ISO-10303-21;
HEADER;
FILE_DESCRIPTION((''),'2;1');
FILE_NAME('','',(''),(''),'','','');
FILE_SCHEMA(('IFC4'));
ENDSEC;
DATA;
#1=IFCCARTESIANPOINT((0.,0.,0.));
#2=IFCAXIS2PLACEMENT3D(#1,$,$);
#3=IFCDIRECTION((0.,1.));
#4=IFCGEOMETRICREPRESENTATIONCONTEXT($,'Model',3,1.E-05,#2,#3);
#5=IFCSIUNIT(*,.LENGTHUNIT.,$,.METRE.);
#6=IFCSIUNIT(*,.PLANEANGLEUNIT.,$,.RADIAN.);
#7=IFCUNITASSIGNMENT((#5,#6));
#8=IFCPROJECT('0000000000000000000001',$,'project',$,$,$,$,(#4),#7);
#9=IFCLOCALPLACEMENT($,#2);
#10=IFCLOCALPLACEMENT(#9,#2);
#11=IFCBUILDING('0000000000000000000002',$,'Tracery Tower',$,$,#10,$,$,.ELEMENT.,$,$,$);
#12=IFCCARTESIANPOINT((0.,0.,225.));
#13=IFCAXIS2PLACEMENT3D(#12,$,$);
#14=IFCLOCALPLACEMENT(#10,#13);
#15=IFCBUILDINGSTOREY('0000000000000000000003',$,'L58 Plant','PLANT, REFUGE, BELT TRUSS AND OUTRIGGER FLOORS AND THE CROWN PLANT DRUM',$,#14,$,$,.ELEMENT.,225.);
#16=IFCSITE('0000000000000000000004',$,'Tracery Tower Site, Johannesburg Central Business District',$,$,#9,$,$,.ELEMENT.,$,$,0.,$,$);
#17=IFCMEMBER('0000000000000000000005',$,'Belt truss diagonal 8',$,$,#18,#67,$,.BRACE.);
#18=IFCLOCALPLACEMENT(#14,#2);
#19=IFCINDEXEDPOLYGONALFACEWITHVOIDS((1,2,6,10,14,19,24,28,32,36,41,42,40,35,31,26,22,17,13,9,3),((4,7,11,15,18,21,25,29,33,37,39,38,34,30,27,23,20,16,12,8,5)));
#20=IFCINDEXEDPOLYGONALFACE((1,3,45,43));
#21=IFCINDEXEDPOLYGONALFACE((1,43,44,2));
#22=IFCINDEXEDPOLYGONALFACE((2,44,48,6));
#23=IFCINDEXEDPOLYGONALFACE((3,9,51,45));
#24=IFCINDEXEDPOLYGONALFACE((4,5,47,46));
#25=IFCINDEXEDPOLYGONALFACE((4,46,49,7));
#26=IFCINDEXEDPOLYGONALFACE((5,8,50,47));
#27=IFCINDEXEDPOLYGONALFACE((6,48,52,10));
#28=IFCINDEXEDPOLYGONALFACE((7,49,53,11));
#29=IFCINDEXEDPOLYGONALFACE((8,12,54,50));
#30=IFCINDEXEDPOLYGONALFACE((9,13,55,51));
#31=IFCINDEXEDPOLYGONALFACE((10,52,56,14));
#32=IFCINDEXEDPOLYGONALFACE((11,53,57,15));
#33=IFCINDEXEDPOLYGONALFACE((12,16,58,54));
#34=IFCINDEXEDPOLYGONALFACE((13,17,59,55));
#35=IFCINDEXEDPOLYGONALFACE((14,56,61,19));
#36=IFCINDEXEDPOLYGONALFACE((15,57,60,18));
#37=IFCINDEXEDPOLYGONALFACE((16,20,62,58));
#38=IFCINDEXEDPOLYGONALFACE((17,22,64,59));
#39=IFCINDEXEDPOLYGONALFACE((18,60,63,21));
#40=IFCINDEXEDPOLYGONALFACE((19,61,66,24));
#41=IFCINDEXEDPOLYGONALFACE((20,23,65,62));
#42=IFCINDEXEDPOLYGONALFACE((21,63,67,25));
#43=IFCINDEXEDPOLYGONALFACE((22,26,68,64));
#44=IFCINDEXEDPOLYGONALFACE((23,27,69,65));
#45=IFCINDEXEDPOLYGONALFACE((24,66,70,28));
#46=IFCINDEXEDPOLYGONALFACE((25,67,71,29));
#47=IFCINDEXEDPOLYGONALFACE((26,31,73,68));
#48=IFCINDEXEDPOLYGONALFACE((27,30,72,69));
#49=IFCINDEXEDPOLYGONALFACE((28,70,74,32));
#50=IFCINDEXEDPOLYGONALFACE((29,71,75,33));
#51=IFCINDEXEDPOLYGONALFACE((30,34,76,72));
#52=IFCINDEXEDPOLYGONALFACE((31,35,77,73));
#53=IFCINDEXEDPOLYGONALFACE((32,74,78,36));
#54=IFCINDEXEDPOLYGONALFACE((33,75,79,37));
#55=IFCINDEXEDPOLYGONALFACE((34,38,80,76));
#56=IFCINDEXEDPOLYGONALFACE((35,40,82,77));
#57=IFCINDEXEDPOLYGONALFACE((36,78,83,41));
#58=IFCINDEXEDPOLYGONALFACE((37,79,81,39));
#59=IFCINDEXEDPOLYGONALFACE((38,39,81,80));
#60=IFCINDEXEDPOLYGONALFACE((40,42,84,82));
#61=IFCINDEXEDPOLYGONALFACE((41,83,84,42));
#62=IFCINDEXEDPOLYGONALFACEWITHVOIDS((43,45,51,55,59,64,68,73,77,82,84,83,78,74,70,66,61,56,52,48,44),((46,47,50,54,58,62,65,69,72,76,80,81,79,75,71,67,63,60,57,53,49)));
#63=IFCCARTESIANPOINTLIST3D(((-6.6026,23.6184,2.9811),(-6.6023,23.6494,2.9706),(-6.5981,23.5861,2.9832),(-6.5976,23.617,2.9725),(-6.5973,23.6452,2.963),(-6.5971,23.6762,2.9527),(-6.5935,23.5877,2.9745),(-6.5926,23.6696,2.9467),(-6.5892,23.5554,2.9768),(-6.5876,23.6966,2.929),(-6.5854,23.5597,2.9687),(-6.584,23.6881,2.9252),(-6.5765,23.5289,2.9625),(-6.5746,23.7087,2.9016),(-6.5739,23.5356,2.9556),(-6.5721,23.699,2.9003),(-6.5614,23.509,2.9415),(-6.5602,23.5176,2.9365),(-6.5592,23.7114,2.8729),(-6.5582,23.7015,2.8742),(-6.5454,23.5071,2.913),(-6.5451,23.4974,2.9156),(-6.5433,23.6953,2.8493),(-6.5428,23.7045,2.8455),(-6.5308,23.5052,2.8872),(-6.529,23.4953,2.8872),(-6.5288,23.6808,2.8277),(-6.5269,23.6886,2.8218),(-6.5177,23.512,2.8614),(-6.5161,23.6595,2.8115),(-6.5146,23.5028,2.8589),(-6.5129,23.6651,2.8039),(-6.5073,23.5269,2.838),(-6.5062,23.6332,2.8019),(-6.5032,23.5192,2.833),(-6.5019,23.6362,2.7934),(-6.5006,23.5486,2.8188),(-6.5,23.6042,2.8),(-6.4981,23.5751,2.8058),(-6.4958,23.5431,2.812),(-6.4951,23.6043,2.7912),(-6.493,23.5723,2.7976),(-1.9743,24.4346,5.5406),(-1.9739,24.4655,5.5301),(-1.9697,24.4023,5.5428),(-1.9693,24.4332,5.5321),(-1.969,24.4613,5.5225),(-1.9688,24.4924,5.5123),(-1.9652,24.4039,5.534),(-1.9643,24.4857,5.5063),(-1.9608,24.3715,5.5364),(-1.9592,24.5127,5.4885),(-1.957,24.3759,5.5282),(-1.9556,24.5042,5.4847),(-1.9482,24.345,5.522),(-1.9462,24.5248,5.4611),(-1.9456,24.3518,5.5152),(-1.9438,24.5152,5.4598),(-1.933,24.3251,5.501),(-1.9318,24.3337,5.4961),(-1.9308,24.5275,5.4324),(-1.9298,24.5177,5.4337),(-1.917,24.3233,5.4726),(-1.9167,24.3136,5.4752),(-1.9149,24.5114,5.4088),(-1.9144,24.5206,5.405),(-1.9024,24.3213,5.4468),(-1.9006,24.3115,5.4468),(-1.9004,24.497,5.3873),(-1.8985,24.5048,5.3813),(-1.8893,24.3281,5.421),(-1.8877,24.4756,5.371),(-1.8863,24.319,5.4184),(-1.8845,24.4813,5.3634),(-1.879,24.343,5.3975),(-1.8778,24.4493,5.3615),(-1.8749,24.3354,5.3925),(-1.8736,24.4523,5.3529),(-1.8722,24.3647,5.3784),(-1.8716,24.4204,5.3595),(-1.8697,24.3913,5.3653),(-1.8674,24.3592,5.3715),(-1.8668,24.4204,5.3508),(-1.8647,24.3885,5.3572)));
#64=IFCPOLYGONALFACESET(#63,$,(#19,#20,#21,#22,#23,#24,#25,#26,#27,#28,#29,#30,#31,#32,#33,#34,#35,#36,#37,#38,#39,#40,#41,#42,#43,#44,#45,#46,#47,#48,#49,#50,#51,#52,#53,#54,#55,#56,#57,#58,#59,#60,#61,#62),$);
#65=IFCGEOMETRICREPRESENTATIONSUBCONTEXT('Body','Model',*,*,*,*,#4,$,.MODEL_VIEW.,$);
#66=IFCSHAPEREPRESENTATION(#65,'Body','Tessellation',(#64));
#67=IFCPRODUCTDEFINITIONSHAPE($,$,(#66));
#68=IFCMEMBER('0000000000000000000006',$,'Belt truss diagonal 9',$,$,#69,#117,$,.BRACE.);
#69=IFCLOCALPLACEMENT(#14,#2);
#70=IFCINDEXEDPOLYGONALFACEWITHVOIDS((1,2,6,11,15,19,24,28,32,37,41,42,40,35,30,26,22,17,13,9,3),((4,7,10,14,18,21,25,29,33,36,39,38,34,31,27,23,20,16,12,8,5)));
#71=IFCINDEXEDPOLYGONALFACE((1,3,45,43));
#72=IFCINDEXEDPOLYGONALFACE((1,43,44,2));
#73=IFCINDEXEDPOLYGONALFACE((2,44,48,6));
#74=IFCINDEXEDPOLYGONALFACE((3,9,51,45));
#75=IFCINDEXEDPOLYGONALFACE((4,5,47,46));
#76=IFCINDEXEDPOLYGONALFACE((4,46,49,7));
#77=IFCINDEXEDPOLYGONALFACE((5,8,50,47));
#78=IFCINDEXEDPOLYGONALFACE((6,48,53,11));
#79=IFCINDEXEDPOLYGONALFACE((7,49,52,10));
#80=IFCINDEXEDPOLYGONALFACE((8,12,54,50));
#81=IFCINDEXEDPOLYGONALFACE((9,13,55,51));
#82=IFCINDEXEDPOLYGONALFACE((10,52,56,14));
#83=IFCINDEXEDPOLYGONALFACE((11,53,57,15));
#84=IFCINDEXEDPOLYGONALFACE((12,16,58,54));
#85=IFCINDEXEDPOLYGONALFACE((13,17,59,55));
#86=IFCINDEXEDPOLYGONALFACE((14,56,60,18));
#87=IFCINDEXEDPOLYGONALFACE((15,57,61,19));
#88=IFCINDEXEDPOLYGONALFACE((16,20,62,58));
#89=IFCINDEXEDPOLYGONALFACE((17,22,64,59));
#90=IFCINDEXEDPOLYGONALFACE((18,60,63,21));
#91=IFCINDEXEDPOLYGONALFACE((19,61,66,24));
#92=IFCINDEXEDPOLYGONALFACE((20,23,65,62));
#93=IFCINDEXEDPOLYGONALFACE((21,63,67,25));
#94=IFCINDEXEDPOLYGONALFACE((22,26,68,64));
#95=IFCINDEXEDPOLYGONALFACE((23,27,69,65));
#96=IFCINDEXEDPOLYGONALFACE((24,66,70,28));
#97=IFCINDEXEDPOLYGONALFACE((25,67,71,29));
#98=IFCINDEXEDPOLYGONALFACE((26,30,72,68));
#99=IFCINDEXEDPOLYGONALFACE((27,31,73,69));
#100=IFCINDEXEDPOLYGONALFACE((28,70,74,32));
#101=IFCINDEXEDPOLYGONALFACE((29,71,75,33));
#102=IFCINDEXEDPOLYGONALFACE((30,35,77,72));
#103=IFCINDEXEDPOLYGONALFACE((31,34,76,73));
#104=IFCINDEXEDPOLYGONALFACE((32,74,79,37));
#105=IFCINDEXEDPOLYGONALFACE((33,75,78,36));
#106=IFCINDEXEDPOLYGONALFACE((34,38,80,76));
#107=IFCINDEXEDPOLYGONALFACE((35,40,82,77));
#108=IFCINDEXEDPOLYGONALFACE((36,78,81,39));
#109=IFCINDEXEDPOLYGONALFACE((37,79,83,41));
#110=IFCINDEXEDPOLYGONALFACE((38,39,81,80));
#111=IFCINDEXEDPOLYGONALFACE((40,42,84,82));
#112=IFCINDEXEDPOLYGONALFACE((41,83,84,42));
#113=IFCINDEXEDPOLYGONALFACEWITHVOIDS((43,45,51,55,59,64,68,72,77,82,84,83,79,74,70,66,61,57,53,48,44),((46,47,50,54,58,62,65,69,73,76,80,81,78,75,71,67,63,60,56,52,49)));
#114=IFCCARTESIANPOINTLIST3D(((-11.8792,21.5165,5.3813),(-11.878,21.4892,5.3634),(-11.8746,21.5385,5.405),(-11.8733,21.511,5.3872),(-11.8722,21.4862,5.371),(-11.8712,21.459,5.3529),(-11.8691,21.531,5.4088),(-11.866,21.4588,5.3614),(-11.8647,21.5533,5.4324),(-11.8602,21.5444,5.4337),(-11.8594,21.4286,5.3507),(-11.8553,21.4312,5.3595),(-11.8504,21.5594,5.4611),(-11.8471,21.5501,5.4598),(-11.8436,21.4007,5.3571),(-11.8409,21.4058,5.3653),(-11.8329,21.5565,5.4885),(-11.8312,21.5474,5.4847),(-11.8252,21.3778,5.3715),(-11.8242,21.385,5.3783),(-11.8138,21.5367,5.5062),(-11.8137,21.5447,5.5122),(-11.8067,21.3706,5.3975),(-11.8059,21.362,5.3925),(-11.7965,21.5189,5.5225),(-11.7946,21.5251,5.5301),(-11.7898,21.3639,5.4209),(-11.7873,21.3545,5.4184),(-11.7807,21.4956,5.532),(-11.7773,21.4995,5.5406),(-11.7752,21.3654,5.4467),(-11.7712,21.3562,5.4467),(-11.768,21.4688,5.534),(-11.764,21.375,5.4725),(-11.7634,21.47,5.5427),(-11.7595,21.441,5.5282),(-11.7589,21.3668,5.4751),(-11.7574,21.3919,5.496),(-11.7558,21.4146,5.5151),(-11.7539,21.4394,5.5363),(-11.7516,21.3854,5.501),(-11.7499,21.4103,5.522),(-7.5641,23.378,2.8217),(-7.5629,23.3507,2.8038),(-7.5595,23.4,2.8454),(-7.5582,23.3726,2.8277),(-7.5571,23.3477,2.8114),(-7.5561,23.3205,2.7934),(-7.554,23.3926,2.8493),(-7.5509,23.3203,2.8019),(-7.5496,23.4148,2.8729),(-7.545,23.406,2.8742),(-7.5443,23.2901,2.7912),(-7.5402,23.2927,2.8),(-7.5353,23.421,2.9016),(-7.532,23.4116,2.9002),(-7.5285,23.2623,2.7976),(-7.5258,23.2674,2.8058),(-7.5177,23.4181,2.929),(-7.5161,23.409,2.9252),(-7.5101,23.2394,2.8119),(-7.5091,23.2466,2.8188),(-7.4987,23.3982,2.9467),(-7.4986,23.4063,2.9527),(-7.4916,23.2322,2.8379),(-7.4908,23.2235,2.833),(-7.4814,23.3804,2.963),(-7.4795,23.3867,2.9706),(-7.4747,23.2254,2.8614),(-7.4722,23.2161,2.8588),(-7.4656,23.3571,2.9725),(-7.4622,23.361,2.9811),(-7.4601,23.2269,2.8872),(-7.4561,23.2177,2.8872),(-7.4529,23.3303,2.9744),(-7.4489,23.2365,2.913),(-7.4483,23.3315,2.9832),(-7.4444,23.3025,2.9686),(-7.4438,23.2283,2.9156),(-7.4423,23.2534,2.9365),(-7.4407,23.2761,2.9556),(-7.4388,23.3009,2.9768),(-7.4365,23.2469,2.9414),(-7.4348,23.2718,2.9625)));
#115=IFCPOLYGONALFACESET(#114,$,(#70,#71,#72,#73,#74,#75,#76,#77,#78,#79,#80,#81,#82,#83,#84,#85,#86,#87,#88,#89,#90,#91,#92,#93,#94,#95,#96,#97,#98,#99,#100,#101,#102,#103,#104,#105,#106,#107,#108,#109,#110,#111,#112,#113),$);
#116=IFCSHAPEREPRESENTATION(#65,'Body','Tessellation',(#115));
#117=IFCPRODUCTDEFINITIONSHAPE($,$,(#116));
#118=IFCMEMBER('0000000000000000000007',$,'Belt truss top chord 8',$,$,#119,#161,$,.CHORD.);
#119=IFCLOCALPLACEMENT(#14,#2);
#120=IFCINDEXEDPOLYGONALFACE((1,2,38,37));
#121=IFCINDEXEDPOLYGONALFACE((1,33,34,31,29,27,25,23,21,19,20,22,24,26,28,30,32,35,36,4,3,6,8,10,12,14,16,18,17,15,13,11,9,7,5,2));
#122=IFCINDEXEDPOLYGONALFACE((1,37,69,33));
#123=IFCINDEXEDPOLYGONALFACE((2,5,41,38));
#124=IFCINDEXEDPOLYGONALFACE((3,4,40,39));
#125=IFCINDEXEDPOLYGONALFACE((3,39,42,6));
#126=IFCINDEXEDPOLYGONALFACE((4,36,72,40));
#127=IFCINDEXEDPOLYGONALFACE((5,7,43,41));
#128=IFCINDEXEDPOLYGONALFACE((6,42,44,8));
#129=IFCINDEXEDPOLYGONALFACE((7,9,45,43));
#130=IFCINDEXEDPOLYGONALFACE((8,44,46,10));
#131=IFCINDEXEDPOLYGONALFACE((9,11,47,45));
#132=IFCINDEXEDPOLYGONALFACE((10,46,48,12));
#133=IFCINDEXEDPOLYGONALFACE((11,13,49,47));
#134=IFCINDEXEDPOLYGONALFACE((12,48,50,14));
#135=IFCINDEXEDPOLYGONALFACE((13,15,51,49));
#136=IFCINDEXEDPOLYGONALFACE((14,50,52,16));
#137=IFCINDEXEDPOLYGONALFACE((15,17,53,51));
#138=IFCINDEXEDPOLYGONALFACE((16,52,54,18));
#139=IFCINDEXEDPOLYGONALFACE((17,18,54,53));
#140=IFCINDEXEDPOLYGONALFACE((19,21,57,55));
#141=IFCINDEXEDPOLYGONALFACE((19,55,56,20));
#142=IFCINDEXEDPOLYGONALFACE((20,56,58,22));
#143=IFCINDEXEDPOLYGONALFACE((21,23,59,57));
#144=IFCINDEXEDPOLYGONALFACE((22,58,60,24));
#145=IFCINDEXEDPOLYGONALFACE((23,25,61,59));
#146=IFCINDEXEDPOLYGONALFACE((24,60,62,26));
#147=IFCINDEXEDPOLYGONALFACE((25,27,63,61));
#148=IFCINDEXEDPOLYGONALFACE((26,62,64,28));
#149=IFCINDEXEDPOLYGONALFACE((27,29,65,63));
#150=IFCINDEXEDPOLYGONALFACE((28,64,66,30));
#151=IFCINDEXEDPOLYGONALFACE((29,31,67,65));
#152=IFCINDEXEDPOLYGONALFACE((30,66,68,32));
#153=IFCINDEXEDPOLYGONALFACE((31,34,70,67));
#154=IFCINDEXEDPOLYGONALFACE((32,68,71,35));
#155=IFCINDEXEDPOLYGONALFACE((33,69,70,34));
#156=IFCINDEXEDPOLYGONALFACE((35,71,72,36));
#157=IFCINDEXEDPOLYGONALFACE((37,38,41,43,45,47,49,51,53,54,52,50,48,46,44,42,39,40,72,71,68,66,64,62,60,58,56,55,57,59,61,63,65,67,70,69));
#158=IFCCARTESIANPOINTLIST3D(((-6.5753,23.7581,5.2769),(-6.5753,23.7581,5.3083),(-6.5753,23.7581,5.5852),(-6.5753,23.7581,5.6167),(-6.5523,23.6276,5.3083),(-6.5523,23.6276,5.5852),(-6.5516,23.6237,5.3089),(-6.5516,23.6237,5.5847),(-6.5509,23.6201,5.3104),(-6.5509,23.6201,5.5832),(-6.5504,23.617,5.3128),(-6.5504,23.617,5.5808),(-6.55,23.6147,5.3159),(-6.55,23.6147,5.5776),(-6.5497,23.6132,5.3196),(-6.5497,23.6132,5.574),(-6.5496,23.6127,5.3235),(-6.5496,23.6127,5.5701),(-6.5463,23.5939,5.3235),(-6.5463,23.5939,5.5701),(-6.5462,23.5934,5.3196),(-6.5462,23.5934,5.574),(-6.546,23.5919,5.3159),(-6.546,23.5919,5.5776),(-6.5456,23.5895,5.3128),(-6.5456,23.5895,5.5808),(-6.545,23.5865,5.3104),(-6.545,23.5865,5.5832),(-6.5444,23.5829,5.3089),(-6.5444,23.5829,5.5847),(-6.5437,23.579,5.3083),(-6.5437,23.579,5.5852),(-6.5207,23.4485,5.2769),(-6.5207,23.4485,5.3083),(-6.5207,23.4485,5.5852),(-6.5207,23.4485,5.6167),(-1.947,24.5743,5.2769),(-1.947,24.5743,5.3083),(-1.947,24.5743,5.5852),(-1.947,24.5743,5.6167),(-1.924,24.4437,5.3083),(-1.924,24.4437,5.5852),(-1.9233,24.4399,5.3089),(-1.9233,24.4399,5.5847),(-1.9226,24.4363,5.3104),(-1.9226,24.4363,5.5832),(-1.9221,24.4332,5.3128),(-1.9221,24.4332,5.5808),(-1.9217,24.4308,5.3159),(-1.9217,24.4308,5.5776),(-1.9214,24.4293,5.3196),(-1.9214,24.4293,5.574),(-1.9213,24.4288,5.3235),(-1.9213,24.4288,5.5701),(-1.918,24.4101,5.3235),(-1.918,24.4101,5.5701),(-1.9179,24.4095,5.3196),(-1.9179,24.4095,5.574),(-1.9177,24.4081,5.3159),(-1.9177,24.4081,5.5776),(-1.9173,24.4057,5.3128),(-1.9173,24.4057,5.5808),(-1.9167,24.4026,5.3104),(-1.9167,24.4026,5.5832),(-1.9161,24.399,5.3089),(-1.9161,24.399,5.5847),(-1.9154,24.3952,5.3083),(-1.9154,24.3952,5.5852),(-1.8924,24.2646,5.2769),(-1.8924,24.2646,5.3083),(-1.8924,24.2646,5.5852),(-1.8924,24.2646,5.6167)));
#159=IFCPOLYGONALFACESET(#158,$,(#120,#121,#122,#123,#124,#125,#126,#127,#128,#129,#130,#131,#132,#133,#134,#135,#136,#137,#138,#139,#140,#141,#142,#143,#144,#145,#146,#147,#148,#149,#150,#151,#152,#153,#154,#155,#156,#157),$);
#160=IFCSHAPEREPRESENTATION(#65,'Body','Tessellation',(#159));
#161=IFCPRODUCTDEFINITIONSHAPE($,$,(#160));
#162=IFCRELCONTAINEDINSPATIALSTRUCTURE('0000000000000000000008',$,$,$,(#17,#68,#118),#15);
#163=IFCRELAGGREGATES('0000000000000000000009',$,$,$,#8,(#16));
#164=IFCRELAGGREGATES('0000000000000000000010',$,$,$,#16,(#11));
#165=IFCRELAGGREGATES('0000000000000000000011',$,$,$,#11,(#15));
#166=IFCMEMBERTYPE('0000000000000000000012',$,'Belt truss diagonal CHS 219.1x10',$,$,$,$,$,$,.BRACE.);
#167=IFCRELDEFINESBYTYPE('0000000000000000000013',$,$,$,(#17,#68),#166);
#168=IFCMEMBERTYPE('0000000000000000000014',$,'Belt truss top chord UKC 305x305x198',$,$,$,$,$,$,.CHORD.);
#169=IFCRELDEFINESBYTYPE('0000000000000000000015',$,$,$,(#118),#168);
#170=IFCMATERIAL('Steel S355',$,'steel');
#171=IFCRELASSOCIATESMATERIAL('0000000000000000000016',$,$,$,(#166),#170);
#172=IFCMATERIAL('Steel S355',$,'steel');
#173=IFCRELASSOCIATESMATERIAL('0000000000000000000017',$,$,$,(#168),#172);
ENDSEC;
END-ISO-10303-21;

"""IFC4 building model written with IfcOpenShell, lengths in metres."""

from ifc_helpers import new_model, si_unit, direction, frame, origin, origin_2d, place, context, subcontext, project, spatial, hollow_circle, i_section, extrude, material, material_profile, profile_set, type_object, element, save


model = new_model("IFC4")

# Units and contexts
model_context = context("Model", 3, precision=1e-05, world=origin(), true_north=direction((0.0, 1.0)))
body_context = subcontext(model_context, "Body", "Model", "MODEL_VIEW")
ifc_project = project(units=[si_unit("LENGTHUNIT", "METRE"), si_unit("PLANEANGLEUNIT", "RADIAN")], contexts=[model_context])

# Site, building, storey
site_placement = place(None, origin())
site = spatial("IfcSite", under=ifc_project, at=site_placement, Name="Tracery Tower Site, Johannesburg Central Business District", CompositionType="ELEMENT", RefElevation=0.0)
building_placement = place(site_placement, origin())
building = spatial("IfcBuilding", under=site, at=building_placement, Name="Tracery Tower", CompositionType="ELEMENT")
storey_placement = place(building_placement, frame((0.0, 0.0, 225.0)))
storey = spatial("IfcBuildingStorey", under=building, at=storey_placement, Name="L58 Plant", Description="PLANT, REFUGE, BELT TRUSS AND OUTRIGGER FLOORS AND THE CROWN PLANT DRUM", CompositionType="ELEMENT", Elevation=225.0)

# Members
ifc_material_1 = material(Name="Steel S355", Category="steel")
ifc_material_profile_1 = material_profile(ifc_material_1, hollow_circle(Radius=0.1096, WallThickness=0.01, at=origin_2d()), Name="CHS 219.1x10")
ifc_profile_set_1 = profile_set([ifc_material_profile_1], Name="Steel S355")
member_type_1 = type_object("IfcMemberType", Name="Belt truss diagonal CHS 219.1x10", PredefinedType="BRACE", material=ifc_profile_set_1)
member_1_placement = place(storey_placement, frame((-1.9197, 24.4194, 5.4468), z_axis=(-0.864864, -0.152508, -0.47828), x_axis=(0.173658, -0.984806, 0.0)))
element("IfcMember", 1, at=member_1_placement, inside=storey, type_object=member_type_1, Name="Belt truss diagonal 8", PredefinedType="BRACE", context=body_context, shape_type="SweptSolid", body=[
    extrude(hollow_circle(Radius=0.1096, WallThickness=0.01, at=origin_2d()), origin(), (0.0, 0.0, 1.0), 5.3516),
])
member_2_placement = place(storey_placement, frame((-7.4995, 23.3184, 2.8872), z_axis=(-0.806363, -0.347865, 0.478298), x_axis=(0.396113, -0.918202, 0.0)))
element("IfcMember", 2, at=member_2_placement, inside=storey, type_object=member_type_1, Name="Belt truss diagonal 9", PredefinedType="BRACE", context=body_context, shape_type="SweptSolid", body=[
    extrude(hollow_circle(Radius=0.1096, WallThickness=0.01, at=origin_2d()), origin(), (0.0, 0.0, 1.0), 5.3513),
])
ifc_material_2 = material(Name="Steel S355", Category="steel")
ifc_material_profile_2 = material_profile(ifc_material_2, i_section(OverallWidth=0.3145, OverallDepth=0.3398, WebThickness=0.019, FlangeThickness=0.0315, FilletRadius=0.0151, at=origin_2d()), Name="UKC 305x305x198")
ifc_profile_set_2 = profile_set([ifc_material_profile_2], Name="Steel S355")
member_type_2 = type_object("IfcMemberType", Name="Belt truss top chord UKC 305x305x198", PredefinedType="CHORD", material=ifc_profile_set_2)
for number, where, z_axis, x_axis, name in (
    (3, (-1.9197, 24.4194, 5.4468), (-0.984806, -0.173658, 0.0), (0.173658, -0.984806, 0.0), "Belt truss top chord 8"),
):
    element("IfcMember", number, at=place(storey_placement, frame(where, z_axis=z_axis, x_axis=x_axis)), inside=storey, type_object=member_type_2, Name=name, PredefinedType="CHORD", context=body_context, shape_type="SweptSolid", body=[
        extrude(i_section(OverallWidth=0.3145, OverallDepth=0.3398, WebThickness=0.019, FlangeThickness=0.0315, FilletRadius=0.0151, at=origin_2d()), origin(), (0.0, 0.0, 1.0), 4.6997),
    ])

save(model, "model.ifc")
